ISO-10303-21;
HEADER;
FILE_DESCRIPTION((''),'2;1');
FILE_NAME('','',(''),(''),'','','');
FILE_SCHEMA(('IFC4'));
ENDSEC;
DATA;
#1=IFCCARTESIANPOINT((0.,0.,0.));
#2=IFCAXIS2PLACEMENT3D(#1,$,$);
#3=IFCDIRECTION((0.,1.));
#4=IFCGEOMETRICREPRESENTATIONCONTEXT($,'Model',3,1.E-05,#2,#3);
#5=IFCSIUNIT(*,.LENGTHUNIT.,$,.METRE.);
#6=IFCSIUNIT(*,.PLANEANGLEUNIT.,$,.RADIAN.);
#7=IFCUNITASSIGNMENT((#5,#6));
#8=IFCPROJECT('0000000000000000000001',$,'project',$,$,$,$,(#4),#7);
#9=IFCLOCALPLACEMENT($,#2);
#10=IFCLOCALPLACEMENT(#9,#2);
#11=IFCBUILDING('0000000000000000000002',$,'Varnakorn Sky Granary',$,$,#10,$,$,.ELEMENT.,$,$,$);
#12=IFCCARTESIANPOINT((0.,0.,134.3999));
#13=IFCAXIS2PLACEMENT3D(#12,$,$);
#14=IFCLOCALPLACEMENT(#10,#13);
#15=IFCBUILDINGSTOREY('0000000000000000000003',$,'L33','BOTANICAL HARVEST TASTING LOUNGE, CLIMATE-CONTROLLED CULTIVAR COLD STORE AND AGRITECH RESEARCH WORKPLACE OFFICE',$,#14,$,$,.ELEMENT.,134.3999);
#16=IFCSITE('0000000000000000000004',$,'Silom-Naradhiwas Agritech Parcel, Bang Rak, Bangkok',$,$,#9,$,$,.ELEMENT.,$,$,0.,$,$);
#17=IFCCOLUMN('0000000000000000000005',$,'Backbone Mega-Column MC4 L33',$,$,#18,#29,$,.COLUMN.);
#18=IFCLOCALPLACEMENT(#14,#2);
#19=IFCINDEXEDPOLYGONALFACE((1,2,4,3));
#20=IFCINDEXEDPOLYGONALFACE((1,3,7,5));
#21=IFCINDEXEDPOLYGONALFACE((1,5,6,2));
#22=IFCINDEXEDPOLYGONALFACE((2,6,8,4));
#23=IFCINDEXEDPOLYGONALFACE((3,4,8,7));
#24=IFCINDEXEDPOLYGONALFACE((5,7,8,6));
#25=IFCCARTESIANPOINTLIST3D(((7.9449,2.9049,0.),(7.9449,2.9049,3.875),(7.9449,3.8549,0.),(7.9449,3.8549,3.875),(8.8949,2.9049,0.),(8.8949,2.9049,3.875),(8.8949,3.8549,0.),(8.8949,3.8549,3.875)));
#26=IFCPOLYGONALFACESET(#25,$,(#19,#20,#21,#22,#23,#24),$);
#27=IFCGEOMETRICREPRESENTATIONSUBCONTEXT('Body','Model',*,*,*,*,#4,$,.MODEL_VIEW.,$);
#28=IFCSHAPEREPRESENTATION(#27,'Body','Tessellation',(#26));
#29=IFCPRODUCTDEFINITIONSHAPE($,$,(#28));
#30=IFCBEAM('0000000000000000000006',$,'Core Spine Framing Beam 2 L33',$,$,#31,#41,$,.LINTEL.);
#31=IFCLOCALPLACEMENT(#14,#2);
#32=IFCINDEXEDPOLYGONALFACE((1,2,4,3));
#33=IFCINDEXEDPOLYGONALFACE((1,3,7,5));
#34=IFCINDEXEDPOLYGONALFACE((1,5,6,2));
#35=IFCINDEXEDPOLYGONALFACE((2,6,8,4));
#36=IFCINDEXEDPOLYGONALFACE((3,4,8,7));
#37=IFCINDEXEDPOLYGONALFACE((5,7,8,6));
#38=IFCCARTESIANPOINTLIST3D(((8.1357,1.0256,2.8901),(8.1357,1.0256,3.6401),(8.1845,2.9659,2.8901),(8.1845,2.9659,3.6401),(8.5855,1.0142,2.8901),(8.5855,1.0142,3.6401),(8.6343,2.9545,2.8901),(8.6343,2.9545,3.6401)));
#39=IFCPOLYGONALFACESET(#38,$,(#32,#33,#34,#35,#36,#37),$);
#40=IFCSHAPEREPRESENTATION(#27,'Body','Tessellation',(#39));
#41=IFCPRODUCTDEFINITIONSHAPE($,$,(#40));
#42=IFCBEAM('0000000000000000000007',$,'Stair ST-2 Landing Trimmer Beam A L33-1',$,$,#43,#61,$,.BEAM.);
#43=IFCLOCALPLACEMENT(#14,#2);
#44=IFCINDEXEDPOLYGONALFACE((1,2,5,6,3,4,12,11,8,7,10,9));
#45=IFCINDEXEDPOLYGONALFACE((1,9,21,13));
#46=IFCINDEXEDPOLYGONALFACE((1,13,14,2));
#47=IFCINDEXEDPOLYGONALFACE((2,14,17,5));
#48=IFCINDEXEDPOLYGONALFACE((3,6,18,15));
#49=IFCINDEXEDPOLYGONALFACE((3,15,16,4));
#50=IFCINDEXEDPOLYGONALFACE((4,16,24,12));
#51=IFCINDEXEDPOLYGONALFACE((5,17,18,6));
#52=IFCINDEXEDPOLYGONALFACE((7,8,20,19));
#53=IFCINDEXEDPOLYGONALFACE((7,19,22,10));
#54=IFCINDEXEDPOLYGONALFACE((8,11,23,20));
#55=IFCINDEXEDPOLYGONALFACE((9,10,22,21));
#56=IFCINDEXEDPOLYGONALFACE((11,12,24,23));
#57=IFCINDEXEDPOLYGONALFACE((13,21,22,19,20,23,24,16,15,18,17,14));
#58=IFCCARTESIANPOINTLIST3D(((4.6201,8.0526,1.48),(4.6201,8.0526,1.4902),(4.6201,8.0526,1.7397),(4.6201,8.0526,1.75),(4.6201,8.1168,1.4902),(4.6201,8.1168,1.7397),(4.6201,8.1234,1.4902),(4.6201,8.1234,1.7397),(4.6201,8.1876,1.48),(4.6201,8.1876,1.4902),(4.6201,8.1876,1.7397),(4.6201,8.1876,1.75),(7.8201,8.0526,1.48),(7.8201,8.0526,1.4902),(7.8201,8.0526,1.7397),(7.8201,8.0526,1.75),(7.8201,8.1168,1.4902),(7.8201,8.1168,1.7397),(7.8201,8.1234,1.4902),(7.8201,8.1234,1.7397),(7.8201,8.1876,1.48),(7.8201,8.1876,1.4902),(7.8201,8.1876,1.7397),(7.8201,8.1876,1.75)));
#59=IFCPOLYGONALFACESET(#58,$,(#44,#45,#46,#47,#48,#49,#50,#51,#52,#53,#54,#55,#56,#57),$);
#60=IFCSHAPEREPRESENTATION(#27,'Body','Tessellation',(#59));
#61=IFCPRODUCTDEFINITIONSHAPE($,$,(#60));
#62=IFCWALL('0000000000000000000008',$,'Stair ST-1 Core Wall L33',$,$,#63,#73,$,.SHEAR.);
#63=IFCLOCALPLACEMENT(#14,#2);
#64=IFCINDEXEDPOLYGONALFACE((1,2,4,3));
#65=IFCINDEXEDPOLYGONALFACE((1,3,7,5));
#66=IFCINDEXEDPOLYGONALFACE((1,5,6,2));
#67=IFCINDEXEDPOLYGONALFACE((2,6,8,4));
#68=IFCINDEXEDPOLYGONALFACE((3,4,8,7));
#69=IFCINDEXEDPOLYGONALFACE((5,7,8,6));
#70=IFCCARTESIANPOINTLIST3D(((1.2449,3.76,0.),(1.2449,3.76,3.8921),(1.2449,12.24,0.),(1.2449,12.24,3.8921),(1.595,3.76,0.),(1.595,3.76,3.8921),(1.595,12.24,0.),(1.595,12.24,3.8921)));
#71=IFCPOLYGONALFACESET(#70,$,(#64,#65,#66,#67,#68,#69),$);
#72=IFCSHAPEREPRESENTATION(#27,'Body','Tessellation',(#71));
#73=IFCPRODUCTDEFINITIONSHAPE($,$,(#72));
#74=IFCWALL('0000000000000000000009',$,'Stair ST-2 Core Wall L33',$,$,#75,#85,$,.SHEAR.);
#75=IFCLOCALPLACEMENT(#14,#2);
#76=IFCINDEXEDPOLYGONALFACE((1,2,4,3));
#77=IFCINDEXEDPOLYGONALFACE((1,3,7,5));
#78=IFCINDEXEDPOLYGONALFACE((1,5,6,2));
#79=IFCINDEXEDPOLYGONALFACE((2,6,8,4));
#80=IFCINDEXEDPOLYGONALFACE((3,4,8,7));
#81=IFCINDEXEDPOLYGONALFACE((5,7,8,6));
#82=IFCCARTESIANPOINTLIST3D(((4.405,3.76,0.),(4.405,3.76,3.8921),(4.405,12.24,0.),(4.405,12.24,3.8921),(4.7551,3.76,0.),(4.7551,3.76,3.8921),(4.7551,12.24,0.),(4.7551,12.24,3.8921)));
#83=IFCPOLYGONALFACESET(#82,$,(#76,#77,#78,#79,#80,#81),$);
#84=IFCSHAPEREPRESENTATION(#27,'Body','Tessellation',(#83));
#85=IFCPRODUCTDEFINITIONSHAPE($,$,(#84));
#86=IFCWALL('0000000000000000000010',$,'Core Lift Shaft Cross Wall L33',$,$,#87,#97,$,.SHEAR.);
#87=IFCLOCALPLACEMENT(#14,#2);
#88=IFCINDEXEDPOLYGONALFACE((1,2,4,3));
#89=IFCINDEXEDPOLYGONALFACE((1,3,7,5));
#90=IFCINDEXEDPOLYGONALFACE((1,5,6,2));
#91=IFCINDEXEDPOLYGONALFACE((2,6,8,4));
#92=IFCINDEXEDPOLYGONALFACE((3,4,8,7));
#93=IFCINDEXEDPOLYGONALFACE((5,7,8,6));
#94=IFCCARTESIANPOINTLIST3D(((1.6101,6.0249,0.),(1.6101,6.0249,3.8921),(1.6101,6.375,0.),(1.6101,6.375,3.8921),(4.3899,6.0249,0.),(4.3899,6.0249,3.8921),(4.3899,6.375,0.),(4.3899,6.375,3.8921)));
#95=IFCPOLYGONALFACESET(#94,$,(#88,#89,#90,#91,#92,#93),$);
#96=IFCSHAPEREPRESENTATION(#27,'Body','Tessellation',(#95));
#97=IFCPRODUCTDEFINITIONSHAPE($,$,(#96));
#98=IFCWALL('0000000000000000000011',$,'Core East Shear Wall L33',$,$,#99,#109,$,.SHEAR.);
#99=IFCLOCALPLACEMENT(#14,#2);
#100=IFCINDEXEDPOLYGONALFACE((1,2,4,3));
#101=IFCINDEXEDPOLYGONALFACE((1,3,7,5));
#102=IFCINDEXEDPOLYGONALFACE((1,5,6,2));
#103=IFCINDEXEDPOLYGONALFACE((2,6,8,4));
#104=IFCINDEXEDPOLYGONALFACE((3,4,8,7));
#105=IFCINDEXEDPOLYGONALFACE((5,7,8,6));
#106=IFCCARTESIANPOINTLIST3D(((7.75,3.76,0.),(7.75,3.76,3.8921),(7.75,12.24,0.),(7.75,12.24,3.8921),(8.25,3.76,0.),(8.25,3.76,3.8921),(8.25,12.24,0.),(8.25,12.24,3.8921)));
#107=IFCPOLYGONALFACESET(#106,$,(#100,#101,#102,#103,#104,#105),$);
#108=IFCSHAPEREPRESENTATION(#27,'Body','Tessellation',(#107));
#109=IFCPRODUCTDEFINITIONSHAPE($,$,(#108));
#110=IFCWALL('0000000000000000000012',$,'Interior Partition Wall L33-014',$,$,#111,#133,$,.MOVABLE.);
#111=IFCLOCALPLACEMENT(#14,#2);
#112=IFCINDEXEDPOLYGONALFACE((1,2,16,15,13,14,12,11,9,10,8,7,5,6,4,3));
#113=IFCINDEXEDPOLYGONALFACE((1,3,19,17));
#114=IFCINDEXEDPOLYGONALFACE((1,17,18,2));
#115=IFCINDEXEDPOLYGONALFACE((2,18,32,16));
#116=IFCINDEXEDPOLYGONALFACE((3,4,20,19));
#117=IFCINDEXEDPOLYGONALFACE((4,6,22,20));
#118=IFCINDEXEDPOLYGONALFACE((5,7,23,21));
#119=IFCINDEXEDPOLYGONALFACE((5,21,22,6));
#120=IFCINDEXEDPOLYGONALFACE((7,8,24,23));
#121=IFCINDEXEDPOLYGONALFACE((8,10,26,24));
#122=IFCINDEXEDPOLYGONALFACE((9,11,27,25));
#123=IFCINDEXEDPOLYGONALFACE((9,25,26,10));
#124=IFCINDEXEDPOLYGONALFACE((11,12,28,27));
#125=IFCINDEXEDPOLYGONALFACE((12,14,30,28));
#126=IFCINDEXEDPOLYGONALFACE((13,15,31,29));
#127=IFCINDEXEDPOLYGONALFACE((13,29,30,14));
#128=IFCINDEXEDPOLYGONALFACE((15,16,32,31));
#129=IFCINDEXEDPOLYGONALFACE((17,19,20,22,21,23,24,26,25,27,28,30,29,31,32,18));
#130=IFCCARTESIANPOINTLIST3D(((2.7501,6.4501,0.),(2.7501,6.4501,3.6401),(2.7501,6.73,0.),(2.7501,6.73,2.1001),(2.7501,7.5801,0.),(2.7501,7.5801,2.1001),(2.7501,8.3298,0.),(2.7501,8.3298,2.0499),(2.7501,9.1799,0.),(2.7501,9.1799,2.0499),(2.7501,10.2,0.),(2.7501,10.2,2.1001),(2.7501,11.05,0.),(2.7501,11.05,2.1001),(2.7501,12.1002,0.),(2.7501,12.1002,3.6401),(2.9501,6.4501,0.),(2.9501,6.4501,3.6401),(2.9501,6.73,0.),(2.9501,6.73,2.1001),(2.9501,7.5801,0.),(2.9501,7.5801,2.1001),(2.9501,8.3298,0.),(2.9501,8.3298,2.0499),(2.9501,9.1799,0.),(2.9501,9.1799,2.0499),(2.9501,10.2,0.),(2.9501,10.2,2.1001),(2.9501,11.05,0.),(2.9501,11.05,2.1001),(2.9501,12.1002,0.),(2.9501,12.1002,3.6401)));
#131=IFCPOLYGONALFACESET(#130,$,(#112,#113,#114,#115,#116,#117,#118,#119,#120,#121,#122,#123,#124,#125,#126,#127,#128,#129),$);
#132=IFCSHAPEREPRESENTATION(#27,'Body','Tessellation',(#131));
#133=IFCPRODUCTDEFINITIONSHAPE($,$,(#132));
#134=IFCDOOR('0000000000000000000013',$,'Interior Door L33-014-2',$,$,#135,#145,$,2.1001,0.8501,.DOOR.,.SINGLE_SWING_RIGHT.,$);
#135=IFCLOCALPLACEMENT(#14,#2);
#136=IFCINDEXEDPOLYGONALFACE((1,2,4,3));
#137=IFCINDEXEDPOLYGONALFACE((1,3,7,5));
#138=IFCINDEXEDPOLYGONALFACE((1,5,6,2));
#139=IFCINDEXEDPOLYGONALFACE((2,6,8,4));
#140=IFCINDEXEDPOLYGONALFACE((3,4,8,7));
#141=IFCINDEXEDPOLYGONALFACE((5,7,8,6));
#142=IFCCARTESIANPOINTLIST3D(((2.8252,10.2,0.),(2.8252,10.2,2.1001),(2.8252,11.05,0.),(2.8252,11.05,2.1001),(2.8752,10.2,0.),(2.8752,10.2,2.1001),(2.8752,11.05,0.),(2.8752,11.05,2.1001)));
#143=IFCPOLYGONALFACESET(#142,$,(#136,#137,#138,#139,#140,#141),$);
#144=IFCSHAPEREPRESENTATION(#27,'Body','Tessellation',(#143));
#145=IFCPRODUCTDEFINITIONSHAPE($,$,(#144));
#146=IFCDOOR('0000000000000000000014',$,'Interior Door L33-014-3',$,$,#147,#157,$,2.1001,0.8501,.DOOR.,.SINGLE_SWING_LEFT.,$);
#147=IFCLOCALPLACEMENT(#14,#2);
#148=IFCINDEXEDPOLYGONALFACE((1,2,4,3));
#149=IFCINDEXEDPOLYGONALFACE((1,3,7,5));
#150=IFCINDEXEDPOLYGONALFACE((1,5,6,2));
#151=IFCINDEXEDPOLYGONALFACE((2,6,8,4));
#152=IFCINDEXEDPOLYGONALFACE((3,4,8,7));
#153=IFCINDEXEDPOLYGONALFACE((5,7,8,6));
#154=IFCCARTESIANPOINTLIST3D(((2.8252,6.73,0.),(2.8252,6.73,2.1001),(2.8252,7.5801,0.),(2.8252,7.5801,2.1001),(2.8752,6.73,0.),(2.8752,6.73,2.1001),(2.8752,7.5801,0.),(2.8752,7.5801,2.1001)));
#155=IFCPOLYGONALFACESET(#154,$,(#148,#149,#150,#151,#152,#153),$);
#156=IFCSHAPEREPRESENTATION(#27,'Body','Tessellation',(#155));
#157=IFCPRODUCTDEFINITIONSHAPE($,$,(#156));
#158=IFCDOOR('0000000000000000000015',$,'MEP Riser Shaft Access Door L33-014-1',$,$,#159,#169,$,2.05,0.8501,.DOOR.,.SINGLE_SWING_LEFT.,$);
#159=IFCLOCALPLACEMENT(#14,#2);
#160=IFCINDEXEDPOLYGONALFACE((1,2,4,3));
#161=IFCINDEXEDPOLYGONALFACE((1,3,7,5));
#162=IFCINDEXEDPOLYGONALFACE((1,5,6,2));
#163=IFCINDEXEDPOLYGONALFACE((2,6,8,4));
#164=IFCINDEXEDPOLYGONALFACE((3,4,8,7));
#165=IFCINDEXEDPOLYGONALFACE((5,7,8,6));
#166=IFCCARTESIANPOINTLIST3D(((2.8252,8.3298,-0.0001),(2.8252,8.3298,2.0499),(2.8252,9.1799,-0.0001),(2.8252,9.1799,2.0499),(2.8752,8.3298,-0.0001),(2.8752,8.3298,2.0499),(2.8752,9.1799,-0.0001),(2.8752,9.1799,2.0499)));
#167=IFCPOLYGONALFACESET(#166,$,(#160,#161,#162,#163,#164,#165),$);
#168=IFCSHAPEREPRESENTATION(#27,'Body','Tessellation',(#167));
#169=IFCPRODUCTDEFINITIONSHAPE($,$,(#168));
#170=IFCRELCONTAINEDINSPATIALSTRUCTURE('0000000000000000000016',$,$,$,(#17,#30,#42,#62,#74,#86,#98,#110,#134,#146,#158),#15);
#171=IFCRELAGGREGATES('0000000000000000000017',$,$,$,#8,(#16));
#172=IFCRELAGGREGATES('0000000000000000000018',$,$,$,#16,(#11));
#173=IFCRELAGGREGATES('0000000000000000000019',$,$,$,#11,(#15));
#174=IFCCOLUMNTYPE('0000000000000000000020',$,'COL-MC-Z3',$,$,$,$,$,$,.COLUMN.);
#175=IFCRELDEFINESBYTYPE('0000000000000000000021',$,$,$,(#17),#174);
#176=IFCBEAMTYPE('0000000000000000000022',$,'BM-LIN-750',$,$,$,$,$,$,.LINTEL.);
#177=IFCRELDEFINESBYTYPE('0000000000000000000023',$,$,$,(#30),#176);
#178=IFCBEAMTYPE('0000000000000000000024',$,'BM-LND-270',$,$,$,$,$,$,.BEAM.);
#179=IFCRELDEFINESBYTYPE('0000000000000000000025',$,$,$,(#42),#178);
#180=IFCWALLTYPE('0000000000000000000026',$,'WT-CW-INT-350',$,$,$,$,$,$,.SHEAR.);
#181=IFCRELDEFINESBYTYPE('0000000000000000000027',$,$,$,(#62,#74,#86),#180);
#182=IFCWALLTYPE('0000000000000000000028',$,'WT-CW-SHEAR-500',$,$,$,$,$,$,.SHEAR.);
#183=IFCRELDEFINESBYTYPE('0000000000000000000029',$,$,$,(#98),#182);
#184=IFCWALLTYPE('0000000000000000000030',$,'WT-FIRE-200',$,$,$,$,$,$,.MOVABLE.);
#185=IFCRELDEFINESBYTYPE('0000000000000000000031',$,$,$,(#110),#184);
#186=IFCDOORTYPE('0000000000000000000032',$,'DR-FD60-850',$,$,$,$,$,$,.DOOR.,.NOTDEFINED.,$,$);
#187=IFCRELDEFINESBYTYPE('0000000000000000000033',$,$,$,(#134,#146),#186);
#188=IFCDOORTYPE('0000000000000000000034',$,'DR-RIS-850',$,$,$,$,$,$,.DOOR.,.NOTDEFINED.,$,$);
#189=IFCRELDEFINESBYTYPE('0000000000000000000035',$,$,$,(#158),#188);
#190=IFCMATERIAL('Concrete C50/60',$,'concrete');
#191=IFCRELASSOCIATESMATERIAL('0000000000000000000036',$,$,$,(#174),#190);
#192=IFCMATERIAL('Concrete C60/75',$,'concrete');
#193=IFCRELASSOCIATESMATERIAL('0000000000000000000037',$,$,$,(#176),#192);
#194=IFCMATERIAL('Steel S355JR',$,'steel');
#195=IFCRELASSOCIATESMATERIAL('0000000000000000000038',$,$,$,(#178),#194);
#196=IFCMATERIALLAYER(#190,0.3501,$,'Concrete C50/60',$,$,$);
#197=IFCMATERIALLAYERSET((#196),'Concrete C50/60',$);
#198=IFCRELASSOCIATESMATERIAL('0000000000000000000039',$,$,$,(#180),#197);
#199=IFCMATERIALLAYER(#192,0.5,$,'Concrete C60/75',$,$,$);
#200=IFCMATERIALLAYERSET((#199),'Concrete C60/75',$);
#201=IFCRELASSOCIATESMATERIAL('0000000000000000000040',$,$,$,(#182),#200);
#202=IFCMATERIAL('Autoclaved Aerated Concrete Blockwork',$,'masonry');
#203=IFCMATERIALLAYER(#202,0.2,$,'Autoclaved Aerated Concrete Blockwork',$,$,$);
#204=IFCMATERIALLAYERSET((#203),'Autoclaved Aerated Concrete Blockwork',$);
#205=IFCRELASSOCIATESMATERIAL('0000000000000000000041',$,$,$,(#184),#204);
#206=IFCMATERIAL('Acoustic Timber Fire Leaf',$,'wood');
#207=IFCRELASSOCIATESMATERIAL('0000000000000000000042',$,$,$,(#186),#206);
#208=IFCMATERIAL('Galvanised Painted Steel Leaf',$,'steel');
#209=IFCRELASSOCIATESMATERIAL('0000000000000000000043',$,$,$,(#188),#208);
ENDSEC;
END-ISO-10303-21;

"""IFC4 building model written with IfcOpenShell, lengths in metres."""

from ifc_helpers import new_model, si_unit, direction, frame, frame_2d, origin, origin_2d, place, context, subcontext, project, spatial, rectangle, i_section, extrude, material, layer, layer_set, material_profile, profile_set, type_object, element, fill, save


model = new_model("IFC4")

# Units and contexts
model_context = context("Model", 3, precision=1e-05, world=origin(), true_north=direction((0.0, 1.0)))
body_context = subcontext(model_context, "Body", "Model", "MODEL_VIEW")
ifc_project = project(units=[si_unit("LENGTHUNIT", "METRE"), si_unit("PLANEANGLEUNIT", "RADIAN")], contexts=[model_context])

# Site, building, storey
site_placement = place(None, origin())
site = spatial("IfcSite", under=ifc_project, at=site_placement, Name="Silom-Naradhiwas Agritech Parcel, Bang Rak, Bangkok", CompositionType="ELEMENT", RefElevation=0.0)
building_placement = place(site_placement, origin())
building = spatial("IfcBuilding", under=site, at=building_placement, Name="Varnakorn Sky Granary", CompositionType="ELEMENT")
storey_placement = place(building_placement, frame((0.0, 0.0, 134.3999)))
storey = spatial("IfcBuildingStorey", under=building, at=storey_placement, Name="L33", Description="BOTANICAL HARVEST TASTING LOUNGE, CLIMATE-CONTROLLED CULTIVAR COLD STORE AND AGRITECH RESEARCH WORKPLACE OFFICE", CompositionType="ELEMENT", Elevation=134.3999)

# Column
ifc_material_1 = material(Name="Concrete C50/60", Category="concrete")
ifc_material_profile_1 = material_profile(ifc_material_1, rectangle(XDim=0.95, YDim=0.95, at=origin_2d()), Name="RC 950x950")
ifc_profile_set_1 = profile_set([ifc_material_profile_1], Name="Concrete C50/60")
column_type = type_object("IfcColumnType", Name="COL-MC-Z3", PredefinedType="COLUMN", material=ifc_profile_set_1)
column_placement = place(storey_placement, frame((8.4199, 3.3799, 0.0), z_axis=(0.0, 0.0, 1.0), x_axis=(1.0, 0.0, 0.0)))
element("IfcColumn", 1, at=column_placement, inside=storey, type_object=column_type, Name="Backbone Mega-Column MC4 L33", PredefinedType="COLUMN", context=body_context, shape_type="SweptSolid", body=[
    extrude(rectangle(XDim=0.95, YDim=0.95, at=origin_2d()), origin(), (0.0, 0.0, 1.0), 3.875),
])

# Beams
ifc_material_2 = material(Name="Concrete C60/75", Category="concrete")
ifc_material_profile_2 = material_profile(ifc_material_2, rectangle(XDim=0.45, YDim=0.75, at=origin_2d()), Name="RC 450x750")
ifc_profile_set_2 = profile_set([ifc_material_profile_2], Name="Concrete C60/75")
beam_type_1 = type_object("IfcBeamType", Name="BM-LIN-750", PredefinedType="LINTEL", material=ifc_profile_set_2)
beam_1_placement = place(storey_placement, frame((8.4094, 2.9602, 3.2651), z_axis=(-0.025159, -0.999683, 0.0), x_axis=(0.999683, -0.025159, 0.0)))
element("IfcBeam", 2, at=beam_1_placement, inside=storey, type_object=beam_type_1, Name="Core Spine Framing Beam 2 L33", PredefinedType="LINTEL", context=body_context, shape_type="SweptSolid", body=[
    extrude(rectangle(XDim=0.45, YDim=0.75, at=origin_2d()), origin(), (0.0, 0.0, 1.0), 1.9409),
])
ifc_material_3 = material(Name="Steel S355JR", Category="steel")
ifc_material_profile_3 = material_profile(ifc_material_3, i_section(OverallWidth=0.135, OverallDepth=0.27, WebThickness=0.0066, FlangeThickness=0.0103, at=origin_2d()), Name="IPE 270")
ifc_profile_set_3 = profile_set([ifc_material_profile_3], Name="Steel S355JR")
beam_type_2 = type_object("IfcBeamType", Name="BM-LND-270", PredefinedType="BEAM", material=ifc_profile_set_3)
beam_2_placement = place(storey_placement, frame((4.6201, 8.1201, 1.615), z_axis=(1.0, 0.0, 0.0), x_axis=(0.0, 1.0, 0.0)))
element("IfcBeam", 3, at=beam_2_placement, inside=storey, type_object=beam_type_2, Name="Stair ST-2 Landing Trimmer Beam A L33-1", PredefinedType="BEAM", context=body_context, shape_type="SweptSolid", body=[
    extrude(i_section(OverallWidth=0.135, OverallDepth=0.27, WebThickness=0.0066, FlangeThickness=0.0103, at=origin_2d()), origin(), (0.0, 0.0, 1.0), 3.2),
])

# Walls
ifc_layer_1 = layer(ifc_material_1, 0.3501, Name="Concrete C50/60")
ifc_layer_set_1 = layer_set([ifc_layer_1], Name="Concrete C50/60")
wall_type_1 = type_object("IfcWallType", Name="WT-CW-INT-350", PredefinedType="SHEAR", material=ifc_layer_set_1)
for number, where, z_axis, x_axis, name in (
    (4, (1.4199, 3.76, 0.0), (0.0, 0.0, 1.0), (0.0, 1.0, 0.0), "Stair ST-1 Core Wall L33"),
    (5, (4.5801, 3.76, 0.0), (0.0, 0.0, 1.0), (0.0, 1.0, 0.0), "Stair ST-2 Core Wall L33"),
):
    element("IfcWall", number, at=place(storey_placement, frame(where, z_axis=z_axis, x_axis=x_axis)), inside=storey, type_object=wall_type_1, Name=name, PredefinedType="SHEAR", context=body_context, shape_type="SweptSolid", body=[
        extrude(rectangle(XDim=8.48, YDim=0.3501, at=frame_2d((4.24, 0.0))), origin(), (0.0, 0.0, 1.0), 3.8921),
    ])
wall_1_placement = place(storey_placement, frame((1.6101, 6.2, 0.0), z_axis=(0.0, 0.0, 1.0), x_axis=(1.0, 0.0, 0.0)))
element("IfcWall", 6, at=wall_1_placement, inside=storey, type_object=wall_type_1, Name="Core Lift Shaft Cross Wall L33", PredefinedType="SHEAR", context=body_context, shape_type="SweptSolid", body=[
    extrude(rectangle(XDim=2.7798, YDim=0.3501, at=frame_2d((1.3899, 0.0))), origin(), (0.0, 0.0, 1.0), 3.8921),
])
ifc_layer_2 = layer(ifc_material_2, 0.5, Name="Concrete C60/75")
ifc_layer_set_2 = layer_set([ifc_layer_2], Name="Concrete C60/75")
wall_type_2 = type_object("IfcWallType", Name="WT-CW-SHEAR-500", PredefinedType="SHEAR", material=ifc_layer_set_2)
wall_2_placement = place(storey_placement, frame((8.0, 3.76, 0.0), z_axis=(0.0, 0.0, 1.0), x_axis=(0.0, 1.0, 0.0)))
element("IfcWall", 7, at=wall_2_placement, inside=storey, type_object=wall_type_2, Name="Core East Shear Wall L33", PredefinedType="SHEAR", context=body_context, shape_type="SweptSolid", body=[
    extrude(rectangle(XDim=8.48, YDim=0.5, at=frame_2d((4.24, 0.0))), origin(), (0.0, 0.0, 1.0), 3.8921),
])

# Wall, openings, doors
ifc_material_4 = material(Name="Autoclaved Aerated Concrete Blockwork", Category="masonry")
ifc_layer_3 = layer(ifc_material_4, 0.2, Name="Autoclaved Aerated Concrete Blockwork")
ifc_layer_set_3 = layer_set([ifc_layer_3], Name="Autoclaved Aerated Concrete Blockwork")
wall_type_3 = type_object("IfcWallType", Name="WT-FIRE-200", PredefinedType="MOVABLE", material=ifc_layer_set_3)
wall_3_placement = place(storey_placement, frame((2.8501, 6.45, 0.0), z_axis=(0.0, 0.0, 1.0), x_axis=(0.0, 1.0, 0.0)))
wall_3 = element("IfcWall", 8, at=wall_3_placement, inside=storey, type_object=wall_type_3, Name="Interior Partition Wall L33-014", PredefinedType="MOVABLE", context=body_context, shape_type="SweptSolid", body=[
    extrude(rectangle(XDim=5.6501, YDim=0.2, at=frame_2d((2.8252, 0.0))), origin(), (0.0, 0.0, 1.0), 3.6401),
])
opening_1_placement = place(wall_3_placement, frame((1.8799, 0.0, 0.0)))
opening_1 = element("IfcOpeningElement", 9, at=opening_1_placement, cuts=wall_3, PredefinedType="OPENING", context=body_context, shape_type="SweptSolid", body=[
    extrude(rectangle(XDim=0.8501, YDim=2.05, at=frame_2d((0.425, 1.0249))), frame((0.0, 0.1099, 0.0), z_axis=(0.0, -1.0, 0.0), x_axis=(1.0, 0.0, 0.0)), (0.0, 0.0, 1.0), 0.22),
])
opening_2_placement = place(wall_3_placement, frame((3.75, 0.0, 0.0)))
opening_2 = element("IfcOpeningElement", 10, at=opening_2_placement, cuts=wall_3, PredefinedType="OPENING", context=body_context, shape_type="SweptSolid", body=[
    extrude(rectangle(XDim=0.8501, YDim=2.1001, at=frame_2d((0.425, 1.05))), frame((0.0, 0.1099, 0.0), z_axis=(0.0, -1.0, 0.0), x_axis=(1.0, 0.0, 0.0)), (0.0, 0.0, 1.0), 0.22),
])
opening_3_placement = place(wall_3_placement, frame((0.28, 0.0, 0.0)))
opening_3 = element("IfcOpeningElement", 11, at=opening_3_placement, cuts=wall_3, PredefinedType="OPENING", context=body_context, shape_type="SweptSolid", body=[
    extrude(rectangle(XDim=0.8501, YDim=2.1001, at=frame_2d((0.425, 1.05))), frame((0.0, 0.1099, 0.0), z_axis=(0.0, -1.0, 0.0), x_axis=(1.0, 0.0, 0.0)), (0.0, 0.0, 1.0), 0.22),
])
ifc_material_5 = material(Name="Acoustic Timber Fire Leaf", Category="wood")
door_type_1 = type_object("IfcDoorType", Name="DR-FD60-850", OperationType="NOTDEFINED", PredefinedType="DOOR", material=ifc_material_5)
door_1_placement = place(opening_2_placement, origin())
door_1 = element("IfcDoor", 12, at=door_1_placement, inside=storey, type_object=door_type_1, Name="Interior Door L33-014-2", OperationType="SINGLE_SWING_RIGHT", OverallHeight=2.1001, OverallWidth=0.8501, PredefinedType="DOOR", context=body_context, shape_type="SweptSolid", body=[
    extrude(rectangle(XDim=0.8501, YDim=2.1001, at=frame_2d((0.425, 1.05))), frame((0.0, 0.0249, 0.0), z_axis=(0.0, -1.0, 0.0), x_axis=(1.0, 0.0, 0.0)), (0.0, 0.0, 1.0), 0.05),
])
fill(opening_2, door_1)
door_2_placement = place(opening_3_placement, origin())
door_2 = element("IfcDoor", 13, at=door_2_placement, inside=storey, type_object=door_type_1, Name="Interior Door L33-014-3", OperationType="SINGLE_SWING_LEFT", OverallHeight=2.1001, OverallWidth=0.8501, PredefinedType="DOOR", context=body_context, shape_type="SweptSolid", body=[
    extrude(rectangle(XDim=0.8501, YDim=2.1001, at=frame_2d((0.425, 1.05))), frame((0.0, 0.0249, 0.0), z_axis=(0.0, -1.0, 0.0), x_axis=(1.0, 0.0, 0.0)), (0.0, 0.0, 1.0), 0.05),
])
fill(opening_3, door_2)
ifc_material_6 = material(Name="Galvanised Painted Steel Leaf", Category="steel")
door_type_2 = type_object("IfcDoorType", Name="DR-RIS-850", OperationType="NOTDEFINED", PredefinedType="DOOR", material=ifc_material_6)
door_3_placement = place(opening_1_placement, origin())
door_3 = element("IfcDoor", 14, at=door_3_placement, inside=storey, type_object=door_type_2, Name="MEP Riser Shaft Access Door L33-014-1", OperationType="SINGLE_SWING_LEFT", OverallHeight=2.05, OverallWidth=0.8501, PredefinedType="DOOR", context=body_context, shape_type="SweptSolid", body=[
    extrude(rectangle(XDim=0.8501, YDim=2.05, at=frame_2d((0.425, 1.0249))), frame((0.0, 0.0249, 0.0), z_axis=(0.0, -1.0, 0.0), x_axis=(1.0, 0.0, 0.0)), (0.0, 0.0, 1.0), 0.05),
])
fill(opening_1, door_3)

save(model, "model.ifc")
